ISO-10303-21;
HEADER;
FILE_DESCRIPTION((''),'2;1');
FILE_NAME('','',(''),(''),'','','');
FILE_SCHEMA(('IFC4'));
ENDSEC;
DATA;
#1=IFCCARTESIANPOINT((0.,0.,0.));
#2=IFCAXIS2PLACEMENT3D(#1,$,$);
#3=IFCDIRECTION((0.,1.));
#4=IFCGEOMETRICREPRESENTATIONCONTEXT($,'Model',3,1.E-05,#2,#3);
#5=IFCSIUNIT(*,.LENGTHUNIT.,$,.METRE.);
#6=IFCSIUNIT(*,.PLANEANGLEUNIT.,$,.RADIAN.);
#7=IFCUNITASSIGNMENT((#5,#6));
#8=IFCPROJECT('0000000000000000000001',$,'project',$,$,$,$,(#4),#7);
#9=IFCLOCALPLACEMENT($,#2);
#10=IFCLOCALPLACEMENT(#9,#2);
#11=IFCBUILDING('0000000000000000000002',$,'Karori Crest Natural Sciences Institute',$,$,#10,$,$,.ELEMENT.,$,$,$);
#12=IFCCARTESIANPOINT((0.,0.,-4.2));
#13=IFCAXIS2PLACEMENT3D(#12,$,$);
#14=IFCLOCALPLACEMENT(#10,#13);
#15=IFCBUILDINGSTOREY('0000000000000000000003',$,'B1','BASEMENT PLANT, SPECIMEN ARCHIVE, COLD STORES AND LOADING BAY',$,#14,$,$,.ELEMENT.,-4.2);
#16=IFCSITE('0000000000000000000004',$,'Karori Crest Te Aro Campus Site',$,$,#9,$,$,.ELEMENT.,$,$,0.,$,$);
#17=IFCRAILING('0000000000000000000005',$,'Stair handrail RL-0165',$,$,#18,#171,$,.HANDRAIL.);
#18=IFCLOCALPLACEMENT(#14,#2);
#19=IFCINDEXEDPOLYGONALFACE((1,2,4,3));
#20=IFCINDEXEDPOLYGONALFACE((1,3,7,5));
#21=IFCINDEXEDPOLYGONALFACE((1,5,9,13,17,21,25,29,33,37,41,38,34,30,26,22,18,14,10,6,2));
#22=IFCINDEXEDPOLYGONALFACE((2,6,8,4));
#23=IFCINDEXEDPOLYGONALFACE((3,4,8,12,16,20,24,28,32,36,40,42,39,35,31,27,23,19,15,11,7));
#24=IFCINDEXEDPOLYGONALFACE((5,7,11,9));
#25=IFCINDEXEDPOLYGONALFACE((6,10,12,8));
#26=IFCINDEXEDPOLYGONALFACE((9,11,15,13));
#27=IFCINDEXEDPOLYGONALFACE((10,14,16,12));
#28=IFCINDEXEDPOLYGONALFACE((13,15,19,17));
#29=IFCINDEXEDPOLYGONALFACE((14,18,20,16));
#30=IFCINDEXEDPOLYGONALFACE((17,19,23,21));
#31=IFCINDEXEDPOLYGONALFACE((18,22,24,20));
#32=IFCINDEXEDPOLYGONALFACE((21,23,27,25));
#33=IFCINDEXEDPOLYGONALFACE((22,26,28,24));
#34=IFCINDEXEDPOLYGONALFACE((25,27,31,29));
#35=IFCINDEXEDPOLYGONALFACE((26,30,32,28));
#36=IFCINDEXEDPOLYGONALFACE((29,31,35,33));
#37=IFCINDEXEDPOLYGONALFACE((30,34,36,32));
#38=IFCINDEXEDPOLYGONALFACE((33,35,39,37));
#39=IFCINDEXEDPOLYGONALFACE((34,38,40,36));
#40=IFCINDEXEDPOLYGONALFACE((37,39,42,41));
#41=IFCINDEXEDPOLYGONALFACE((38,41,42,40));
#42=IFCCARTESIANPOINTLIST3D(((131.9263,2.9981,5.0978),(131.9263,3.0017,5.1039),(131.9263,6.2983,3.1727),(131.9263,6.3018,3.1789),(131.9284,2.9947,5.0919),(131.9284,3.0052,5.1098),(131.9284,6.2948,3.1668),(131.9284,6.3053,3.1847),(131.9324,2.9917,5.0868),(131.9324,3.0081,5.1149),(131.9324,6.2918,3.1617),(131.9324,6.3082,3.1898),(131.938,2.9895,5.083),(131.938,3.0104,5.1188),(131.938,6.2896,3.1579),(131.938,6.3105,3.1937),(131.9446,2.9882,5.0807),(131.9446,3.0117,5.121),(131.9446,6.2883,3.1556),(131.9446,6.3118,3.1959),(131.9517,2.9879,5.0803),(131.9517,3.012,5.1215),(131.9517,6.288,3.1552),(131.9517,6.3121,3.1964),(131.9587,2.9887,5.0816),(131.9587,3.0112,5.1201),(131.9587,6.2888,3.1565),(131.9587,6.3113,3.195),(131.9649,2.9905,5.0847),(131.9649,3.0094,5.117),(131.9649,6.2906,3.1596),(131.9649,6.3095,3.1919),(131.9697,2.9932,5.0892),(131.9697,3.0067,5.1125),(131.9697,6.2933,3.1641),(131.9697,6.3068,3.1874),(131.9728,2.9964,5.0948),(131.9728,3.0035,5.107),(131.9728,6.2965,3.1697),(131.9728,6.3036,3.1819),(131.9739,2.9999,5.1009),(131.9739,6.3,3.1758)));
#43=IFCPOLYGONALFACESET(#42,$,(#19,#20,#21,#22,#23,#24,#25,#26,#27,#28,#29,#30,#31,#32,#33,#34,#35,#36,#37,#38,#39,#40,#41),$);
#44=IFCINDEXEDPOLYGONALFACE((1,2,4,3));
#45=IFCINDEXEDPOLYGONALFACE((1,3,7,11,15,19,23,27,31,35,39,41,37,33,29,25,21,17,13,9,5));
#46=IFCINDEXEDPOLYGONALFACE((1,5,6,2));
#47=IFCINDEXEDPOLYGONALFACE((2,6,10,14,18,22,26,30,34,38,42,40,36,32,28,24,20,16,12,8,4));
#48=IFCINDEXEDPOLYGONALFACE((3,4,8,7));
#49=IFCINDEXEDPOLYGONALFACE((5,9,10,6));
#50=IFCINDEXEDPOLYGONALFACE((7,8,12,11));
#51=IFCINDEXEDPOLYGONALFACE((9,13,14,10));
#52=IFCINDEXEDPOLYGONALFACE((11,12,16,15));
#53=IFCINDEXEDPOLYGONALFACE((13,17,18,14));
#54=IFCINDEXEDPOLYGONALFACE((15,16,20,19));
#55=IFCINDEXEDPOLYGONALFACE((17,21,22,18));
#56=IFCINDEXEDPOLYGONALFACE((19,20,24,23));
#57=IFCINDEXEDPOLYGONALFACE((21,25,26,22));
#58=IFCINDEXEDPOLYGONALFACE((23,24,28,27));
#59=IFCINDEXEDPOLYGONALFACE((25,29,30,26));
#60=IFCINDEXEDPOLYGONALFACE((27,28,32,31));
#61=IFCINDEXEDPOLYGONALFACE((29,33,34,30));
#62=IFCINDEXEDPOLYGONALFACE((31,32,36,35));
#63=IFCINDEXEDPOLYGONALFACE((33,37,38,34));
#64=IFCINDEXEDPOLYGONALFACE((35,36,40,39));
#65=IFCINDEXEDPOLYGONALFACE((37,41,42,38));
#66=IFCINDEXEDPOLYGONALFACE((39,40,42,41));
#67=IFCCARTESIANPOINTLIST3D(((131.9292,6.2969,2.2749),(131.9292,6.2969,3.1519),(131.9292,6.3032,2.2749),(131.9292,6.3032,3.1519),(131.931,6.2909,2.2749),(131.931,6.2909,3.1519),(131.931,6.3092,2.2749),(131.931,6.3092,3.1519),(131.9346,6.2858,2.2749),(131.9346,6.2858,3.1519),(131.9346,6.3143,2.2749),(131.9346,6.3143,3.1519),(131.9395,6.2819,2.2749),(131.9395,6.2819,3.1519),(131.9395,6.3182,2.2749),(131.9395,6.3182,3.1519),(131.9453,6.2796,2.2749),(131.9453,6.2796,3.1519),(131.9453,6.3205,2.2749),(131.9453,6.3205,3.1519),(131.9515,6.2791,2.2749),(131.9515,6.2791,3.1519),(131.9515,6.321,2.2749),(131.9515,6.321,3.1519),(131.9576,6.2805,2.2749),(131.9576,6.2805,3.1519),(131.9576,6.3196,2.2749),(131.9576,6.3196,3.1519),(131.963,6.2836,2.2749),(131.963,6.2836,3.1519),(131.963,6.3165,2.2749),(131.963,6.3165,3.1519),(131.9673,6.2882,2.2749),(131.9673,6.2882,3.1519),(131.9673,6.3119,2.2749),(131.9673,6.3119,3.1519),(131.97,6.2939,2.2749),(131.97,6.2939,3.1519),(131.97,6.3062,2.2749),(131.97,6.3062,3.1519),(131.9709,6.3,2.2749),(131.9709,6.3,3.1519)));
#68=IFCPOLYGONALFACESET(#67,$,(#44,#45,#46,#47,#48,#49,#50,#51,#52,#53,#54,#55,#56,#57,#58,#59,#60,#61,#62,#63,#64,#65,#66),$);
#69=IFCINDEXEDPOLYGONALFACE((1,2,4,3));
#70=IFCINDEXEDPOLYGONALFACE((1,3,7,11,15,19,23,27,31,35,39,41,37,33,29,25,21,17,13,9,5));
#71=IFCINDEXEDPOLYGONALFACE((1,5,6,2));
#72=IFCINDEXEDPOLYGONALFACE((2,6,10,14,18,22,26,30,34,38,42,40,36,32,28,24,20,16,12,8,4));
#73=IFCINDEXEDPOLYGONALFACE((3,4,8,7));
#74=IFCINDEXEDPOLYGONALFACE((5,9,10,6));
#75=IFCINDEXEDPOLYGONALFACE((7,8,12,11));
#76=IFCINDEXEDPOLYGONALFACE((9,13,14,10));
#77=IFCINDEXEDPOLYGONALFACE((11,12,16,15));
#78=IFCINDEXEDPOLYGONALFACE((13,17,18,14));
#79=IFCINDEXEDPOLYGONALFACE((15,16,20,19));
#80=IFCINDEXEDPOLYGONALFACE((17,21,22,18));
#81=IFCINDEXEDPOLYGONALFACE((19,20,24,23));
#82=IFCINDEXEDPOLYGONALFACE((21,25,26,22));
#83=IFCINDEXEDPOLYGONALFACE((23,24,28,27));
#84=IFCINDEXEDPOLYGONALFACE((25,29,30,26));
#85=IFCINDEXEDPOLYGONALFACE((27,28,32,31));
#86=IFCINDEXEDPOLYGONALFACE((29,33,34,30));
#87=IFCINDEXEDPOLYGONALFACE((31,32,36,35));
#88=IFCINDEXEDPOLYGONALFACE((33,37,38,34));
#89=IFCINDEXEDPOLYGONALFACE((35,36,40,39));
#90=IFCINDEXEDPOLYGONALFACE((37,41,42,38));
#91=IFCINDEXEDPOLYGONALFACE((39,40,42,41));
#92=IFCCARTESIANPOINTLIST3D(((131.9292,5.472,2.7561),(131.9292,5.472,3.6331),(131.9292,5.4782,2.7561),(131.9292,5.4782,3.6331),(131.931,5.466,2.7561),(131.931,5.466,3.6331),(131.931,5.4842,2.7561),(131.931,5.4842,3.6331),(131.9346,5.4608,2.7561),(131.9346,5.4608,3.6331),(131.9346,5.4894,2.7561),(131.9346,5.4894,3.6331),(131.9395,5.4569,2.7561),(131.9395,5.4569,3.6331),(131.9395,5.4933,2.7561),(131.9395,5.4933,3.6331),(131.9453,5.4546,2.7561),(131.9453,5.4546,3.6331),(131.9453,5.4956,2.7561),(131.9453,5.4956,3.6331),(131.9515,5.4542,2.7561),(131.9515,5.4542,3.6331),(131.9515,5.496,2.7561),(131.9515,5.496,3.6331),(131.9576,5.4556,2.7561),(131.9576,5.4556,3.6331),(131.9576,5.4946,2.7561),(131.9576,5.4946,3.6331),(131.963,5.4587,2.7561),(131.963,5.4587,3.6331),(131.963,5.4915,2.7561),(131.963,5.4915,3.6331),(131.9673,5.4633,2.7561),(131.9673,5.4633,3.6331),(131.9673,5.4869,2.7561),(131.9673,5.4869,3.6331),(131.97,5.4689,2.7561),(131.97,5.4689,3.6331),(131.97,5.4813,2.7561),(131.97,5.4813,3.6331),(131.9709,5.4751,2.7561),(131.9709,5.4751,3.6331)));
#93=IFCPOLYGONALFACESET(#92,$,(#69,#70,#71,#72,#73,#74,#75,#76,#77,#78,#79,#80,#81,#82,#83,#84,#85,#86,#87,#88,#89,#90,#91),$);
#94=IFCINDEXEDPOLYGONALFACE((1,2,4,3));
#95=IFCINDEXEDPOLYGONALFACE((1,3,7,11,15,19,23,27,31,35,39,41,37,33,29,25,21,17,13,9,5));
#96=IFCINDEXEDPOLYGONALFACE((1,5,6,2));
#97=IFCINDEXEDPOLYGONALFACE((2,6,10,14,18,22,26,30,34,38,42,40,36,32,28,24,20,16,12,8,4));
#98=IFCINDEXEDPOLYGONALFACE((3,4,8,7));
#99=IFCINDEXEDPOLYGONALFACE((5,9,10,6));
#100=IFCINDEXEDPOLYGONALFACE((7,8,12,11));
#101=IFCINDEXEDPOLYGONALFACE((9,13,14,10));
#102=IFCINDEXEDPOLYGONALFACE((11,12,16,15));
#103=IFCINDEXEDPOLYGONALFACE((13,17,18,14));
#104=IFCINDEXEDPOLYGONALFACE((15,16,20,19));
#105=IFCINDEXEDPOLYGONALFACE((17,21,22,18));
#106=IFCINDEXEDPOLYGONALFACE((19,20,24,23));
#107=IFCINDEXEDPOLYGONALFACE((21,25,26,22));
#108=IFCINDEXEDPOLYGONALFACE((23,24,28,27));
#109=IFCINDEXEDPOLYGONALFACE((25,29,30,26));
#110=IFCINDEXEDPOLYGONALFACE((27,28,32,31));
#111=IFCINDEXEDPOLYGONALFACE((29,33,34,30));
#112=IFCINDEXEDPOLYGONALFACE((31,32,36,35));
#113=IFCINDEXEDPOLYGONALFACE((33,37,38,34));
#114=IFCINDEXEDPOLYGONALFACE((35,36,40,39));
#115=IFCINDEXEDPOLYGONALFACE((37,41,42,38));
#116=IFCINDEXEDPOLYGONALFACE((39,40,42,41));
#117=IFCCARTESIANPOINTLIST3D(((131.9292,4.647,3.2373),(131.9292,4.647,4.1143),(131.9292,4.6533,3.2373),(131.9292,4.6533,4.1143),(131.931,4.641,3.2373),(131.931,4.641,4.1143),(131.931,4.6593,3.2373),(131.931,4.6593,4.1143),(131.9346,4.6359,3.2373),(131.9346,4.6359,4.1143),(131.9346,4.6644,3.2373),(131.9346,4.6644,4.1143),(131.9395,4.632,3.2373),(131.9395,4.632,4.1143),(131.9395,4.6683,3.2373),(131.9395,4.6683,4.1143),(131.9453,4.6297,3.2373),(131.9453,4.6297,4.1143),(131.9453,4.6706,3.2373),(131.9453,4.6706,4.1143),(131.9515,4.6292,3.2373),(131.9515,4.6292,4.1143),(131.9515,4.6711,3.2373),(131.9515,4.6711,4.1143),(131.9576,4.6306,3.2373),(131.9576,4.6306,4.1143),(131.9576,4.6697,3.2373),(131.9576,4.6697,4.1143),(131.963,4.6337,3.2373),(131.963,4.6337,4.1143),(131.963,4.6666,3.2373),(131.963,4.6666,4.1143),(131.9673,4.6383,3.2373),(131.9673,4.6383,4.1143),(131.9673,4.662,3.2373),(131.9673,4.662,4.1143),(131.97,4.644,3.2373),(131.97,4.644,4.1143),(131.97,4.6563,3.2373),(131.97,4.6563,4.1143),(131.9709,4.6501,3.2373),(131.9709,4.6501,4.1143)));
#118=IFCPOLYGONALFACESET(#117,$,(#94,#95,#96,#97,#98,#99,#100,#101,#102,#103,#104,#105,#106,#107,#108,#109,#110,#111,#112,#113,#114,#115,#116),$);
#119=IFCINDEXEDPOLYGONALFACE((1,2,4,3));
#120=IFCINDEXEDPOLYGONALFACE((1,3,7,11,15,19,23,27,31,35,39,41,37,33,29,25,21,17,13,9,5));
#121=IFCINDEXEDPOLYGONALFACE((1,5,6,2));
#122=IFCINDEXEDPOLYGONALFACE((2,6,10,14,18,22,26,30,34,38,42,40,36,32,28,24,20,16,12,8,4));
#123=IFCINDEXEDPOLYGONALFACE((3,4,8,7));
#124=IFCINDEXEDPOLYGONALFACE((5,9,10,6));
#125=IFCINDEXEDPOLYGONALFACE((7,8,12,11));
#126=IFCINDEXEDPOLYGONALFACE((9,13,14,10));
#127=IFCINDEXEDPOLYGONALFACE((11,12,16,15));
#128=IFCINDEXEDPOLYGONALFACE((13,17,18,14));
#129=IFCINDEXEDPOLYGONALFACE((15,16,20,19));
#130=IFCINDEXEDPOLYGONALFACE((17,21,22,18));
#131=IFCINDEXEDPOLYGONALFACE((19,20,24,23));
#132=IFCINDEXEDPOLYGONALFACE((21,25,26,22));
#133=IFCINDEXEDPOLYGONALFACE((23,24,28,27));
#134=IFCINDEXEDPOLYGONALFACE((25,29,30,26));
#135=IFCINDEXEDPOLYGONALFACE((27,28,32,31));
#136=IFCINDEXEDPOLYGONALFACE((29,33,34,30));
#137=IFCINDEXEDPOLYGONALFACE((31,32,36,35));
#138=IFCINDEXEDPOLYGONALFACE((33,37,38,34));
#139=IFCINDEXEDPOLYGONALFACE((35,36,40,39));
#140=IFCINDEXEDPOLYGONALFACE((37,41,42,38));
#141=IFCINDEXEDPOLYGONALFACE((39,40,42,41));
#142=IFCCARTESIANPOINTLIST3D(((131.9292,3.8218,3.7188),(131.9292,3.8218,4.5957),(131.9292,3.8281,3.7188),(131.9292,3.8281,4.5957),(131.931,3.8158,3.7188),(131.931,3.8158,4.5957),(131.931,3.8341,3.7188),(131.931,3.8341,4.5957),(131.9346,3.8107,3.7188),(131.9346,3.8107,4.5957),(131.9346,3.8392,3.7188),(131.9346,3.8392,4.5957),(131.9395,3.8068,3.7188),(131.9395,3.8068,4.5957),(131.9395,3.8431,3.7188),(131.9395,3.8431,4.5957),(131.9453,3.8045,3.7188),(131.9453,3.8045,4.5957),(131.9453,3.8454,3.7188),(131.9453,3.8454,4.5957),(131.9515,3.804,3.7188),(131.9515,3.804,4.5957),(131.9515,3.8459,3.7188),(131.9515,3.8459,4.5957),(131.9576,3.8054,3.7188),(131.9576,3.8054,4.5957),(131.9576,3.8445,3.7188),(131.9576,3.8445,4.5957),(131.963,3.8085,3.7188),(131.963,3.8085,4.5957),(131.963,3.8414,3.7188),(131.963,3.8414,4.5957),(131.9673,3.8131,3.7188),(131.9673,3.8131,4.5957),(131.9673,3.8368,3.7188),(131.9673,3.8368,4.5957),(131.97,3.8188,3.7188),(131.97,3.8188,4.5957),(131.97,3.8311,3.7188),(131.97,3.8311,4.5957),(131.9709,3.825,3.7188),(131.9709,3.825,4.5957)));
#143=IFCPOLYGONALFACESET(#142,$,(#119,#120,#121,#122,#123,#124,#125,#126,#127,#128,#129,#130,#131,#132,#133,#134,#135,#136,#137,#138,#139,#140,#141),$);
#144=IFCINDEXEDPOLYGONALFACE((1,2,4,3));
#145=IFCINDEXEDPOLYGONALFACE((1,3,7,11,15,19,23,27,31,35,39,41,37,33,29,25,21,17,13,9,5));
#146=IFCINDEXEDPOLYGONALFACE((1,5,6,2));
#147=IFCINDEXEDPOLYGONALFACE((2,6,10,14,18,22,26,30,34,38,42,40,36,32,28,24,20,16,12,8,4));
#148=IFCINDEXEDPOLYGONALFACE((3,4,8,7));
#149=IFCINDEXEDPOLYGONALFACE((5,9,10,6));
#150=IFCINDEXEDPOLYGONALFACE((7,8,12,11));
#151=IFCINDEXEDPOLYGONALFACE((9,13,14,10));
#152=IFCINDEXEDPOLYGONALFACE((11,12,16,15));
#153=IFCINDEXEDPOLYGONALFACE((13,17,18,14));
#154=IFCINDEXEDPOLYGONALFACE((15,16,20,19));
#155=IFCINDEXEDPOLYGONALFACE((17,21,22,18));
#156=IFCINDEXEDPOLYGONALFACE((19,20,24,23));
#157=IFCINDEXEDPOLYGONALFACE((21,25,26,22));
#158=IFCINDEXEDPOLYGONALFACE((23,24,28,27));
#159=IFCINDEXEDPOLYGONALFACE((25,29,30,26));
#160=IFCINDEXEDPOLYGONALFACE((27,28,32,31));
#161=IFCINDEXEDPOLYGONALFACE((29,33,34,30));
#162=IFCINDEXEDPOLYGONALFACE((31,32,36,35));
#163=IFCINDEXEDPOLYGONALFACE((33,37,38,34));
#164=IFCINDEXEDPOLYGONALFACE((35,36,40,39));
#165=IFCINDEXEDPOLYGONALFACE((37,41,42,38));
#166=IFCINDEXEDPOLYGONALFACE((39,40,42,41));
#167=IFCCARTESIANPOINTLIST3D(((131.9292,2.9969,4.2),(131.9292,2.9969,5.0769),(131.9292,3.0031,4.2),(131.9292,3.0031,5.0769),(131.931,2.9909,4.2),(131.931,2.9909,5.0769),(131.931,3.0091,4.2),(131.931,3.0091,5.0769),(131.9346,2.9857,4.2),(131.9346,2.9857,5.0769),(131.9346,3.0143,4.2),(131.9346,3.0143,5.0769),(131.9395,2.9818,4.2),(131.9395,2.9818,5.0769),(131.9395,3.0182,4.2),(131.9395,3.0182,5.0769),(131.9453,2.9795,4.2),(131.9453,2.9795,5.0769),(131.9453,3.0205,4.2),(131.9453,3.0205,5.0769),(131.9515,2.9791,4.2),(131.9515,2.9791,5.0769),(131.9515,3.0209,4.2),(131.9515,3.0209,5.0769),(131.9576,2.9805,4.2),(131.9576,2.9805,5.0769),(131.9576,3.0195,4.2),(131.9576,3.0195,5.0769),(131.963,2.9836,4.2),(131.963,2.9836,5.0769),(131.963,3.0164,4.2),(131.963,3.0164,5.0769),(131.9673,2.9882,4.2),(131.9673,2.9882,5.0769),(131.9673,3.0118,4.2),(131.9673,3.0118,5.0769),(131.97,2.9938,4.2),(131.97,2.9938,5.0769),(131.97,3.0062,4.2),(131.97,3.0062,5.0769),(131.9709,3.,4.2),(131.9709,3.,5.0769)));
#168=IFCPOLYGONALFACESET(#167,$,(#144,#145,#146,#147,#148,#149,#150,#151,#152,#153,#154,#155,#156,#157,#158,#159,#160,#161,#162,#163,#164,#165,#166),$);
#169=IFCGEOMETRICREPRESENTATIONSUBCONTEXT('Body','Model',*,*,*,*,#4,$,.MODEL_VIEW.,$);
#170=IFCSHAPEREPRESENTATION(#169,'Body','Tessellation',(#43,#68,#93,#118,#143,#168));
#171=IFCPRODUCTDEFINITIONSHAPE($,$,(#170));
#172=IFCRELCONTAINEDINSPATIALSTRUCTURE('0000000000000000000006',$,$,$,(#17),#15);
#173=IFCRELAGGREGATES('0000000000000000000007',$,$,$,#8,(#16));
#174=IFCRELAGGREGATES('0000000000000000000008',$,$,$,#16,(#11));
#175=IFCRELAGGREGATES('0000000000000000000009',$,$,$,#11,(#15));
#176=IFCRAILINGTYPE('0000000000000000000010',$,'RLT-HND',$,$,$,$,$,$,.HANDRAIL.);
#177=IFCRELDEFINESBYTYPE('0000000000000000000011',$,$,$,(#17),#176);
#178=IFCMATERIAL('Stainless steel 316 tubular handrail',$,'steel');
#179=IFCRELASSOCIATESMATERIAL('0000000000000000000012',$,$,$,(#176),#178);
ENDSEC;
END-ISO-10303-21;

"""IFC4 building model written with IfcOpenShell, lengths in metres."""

from ifc_helpers import new_model, si_unit, direction, frame, origin, origin_2d, place, context, subcontext, project, spatial, circle, extrude, material, type_object, element, save


model = new_model("IFC4")

# Units and contexts
model_context = context("Model", 3, precision=1e-05, world=origin(), true_north=direction((0.0, 1.0)))
body_context = subcontext(model_context, "Body", "Model", "MODEL_VIEW")
ifc_project = project(units=[si_unit("LENGTHUNIT", "METRE"), si_unit("PLANEANGLEUNIT", "RADIAN")], contexts=[model_context])

# Site, building, storey
site_placement = place(None, origin())
site = spatial("IfcSite", under=ifc_project, at=site_placement, Name="Karori Crest Te Aro Campus Site", CompositionType="ELEMENT", RefElevation=0.0)
building_placement = place(site_placement, origin())
building = spatial("IfcBuilding", under=site, at=building_placement, Name="Karori Crest Natural Sciences Institute", CompositionType="ELEMENT")
storey_placement = place(building_placement, frame((0.0, 0.0, -4.2)))
storey = spatial("IfcBuildingStorey", under=building, at=storey_placement, Name="B1", Description="BASEMENT PLANT, SPECIMEN ARCHIVE, COLD STORES AND LOADING BAY", CompositionType="ELEMENT", Elevation=-4.2)

# Railing
ifc_material_1 = material(Name="Stainless steel 316 tubular handrail", Category="steel")
railing_type_1 = type_object("IfcRailingType", Name="RLT-HND", PredefinedType="HANDRAIL", material=ifc_material_1)
railing_1_placement = place(storey_placement, frame((131.95, 6.3, 2.2749)))
element("IfcRailing", 1, at=railing_1_placement, inside=storey, type_object=railing_type_1, Name="Stair handrail RL-0165", PredefinedType="HANDRAIL", context=body_context, shape_type="SweptSolid", body=[
    extrude(circle(Radius=0.0239, at=origin_2d()), frame((0.0, 0.0, 0.9009), z_axis=(0.0, -0.863777, 0.503875), x_axis=(1.0, 0.0, 0.0)), (0.0, 0.0, 1.0), 3.8206),
    extrude(circle(Radius=0.021, at=origin_2d()), origin(), (0.0, 0.0, 1.0), 0.877),
    extrude(circle(Radius=0.021, at=origin_2d()), frame((0.0, -0.825, 0.4812)), (0.0, 0.0, 1.0), 0.877),
    extrude(circle(Radius=0.021, at=origin_2d()), frame((0.0, -1.6499, 0.9624)), (0.0, 0.0, 1.0), 0.877),
    extrude(circle(Radius=0.021, at=origin_2d()), frame((0.0, -2.4751, 1.4438)), (0.0, 0.0, 1.0), 0.877),
    extrude(circle(Radius=0.021, at=origin_2d()), frame((0.0, -3.3, 1.925)), (0.0, 0.0, 1.0), 0.877),
])

save(model, "model.ifc")
